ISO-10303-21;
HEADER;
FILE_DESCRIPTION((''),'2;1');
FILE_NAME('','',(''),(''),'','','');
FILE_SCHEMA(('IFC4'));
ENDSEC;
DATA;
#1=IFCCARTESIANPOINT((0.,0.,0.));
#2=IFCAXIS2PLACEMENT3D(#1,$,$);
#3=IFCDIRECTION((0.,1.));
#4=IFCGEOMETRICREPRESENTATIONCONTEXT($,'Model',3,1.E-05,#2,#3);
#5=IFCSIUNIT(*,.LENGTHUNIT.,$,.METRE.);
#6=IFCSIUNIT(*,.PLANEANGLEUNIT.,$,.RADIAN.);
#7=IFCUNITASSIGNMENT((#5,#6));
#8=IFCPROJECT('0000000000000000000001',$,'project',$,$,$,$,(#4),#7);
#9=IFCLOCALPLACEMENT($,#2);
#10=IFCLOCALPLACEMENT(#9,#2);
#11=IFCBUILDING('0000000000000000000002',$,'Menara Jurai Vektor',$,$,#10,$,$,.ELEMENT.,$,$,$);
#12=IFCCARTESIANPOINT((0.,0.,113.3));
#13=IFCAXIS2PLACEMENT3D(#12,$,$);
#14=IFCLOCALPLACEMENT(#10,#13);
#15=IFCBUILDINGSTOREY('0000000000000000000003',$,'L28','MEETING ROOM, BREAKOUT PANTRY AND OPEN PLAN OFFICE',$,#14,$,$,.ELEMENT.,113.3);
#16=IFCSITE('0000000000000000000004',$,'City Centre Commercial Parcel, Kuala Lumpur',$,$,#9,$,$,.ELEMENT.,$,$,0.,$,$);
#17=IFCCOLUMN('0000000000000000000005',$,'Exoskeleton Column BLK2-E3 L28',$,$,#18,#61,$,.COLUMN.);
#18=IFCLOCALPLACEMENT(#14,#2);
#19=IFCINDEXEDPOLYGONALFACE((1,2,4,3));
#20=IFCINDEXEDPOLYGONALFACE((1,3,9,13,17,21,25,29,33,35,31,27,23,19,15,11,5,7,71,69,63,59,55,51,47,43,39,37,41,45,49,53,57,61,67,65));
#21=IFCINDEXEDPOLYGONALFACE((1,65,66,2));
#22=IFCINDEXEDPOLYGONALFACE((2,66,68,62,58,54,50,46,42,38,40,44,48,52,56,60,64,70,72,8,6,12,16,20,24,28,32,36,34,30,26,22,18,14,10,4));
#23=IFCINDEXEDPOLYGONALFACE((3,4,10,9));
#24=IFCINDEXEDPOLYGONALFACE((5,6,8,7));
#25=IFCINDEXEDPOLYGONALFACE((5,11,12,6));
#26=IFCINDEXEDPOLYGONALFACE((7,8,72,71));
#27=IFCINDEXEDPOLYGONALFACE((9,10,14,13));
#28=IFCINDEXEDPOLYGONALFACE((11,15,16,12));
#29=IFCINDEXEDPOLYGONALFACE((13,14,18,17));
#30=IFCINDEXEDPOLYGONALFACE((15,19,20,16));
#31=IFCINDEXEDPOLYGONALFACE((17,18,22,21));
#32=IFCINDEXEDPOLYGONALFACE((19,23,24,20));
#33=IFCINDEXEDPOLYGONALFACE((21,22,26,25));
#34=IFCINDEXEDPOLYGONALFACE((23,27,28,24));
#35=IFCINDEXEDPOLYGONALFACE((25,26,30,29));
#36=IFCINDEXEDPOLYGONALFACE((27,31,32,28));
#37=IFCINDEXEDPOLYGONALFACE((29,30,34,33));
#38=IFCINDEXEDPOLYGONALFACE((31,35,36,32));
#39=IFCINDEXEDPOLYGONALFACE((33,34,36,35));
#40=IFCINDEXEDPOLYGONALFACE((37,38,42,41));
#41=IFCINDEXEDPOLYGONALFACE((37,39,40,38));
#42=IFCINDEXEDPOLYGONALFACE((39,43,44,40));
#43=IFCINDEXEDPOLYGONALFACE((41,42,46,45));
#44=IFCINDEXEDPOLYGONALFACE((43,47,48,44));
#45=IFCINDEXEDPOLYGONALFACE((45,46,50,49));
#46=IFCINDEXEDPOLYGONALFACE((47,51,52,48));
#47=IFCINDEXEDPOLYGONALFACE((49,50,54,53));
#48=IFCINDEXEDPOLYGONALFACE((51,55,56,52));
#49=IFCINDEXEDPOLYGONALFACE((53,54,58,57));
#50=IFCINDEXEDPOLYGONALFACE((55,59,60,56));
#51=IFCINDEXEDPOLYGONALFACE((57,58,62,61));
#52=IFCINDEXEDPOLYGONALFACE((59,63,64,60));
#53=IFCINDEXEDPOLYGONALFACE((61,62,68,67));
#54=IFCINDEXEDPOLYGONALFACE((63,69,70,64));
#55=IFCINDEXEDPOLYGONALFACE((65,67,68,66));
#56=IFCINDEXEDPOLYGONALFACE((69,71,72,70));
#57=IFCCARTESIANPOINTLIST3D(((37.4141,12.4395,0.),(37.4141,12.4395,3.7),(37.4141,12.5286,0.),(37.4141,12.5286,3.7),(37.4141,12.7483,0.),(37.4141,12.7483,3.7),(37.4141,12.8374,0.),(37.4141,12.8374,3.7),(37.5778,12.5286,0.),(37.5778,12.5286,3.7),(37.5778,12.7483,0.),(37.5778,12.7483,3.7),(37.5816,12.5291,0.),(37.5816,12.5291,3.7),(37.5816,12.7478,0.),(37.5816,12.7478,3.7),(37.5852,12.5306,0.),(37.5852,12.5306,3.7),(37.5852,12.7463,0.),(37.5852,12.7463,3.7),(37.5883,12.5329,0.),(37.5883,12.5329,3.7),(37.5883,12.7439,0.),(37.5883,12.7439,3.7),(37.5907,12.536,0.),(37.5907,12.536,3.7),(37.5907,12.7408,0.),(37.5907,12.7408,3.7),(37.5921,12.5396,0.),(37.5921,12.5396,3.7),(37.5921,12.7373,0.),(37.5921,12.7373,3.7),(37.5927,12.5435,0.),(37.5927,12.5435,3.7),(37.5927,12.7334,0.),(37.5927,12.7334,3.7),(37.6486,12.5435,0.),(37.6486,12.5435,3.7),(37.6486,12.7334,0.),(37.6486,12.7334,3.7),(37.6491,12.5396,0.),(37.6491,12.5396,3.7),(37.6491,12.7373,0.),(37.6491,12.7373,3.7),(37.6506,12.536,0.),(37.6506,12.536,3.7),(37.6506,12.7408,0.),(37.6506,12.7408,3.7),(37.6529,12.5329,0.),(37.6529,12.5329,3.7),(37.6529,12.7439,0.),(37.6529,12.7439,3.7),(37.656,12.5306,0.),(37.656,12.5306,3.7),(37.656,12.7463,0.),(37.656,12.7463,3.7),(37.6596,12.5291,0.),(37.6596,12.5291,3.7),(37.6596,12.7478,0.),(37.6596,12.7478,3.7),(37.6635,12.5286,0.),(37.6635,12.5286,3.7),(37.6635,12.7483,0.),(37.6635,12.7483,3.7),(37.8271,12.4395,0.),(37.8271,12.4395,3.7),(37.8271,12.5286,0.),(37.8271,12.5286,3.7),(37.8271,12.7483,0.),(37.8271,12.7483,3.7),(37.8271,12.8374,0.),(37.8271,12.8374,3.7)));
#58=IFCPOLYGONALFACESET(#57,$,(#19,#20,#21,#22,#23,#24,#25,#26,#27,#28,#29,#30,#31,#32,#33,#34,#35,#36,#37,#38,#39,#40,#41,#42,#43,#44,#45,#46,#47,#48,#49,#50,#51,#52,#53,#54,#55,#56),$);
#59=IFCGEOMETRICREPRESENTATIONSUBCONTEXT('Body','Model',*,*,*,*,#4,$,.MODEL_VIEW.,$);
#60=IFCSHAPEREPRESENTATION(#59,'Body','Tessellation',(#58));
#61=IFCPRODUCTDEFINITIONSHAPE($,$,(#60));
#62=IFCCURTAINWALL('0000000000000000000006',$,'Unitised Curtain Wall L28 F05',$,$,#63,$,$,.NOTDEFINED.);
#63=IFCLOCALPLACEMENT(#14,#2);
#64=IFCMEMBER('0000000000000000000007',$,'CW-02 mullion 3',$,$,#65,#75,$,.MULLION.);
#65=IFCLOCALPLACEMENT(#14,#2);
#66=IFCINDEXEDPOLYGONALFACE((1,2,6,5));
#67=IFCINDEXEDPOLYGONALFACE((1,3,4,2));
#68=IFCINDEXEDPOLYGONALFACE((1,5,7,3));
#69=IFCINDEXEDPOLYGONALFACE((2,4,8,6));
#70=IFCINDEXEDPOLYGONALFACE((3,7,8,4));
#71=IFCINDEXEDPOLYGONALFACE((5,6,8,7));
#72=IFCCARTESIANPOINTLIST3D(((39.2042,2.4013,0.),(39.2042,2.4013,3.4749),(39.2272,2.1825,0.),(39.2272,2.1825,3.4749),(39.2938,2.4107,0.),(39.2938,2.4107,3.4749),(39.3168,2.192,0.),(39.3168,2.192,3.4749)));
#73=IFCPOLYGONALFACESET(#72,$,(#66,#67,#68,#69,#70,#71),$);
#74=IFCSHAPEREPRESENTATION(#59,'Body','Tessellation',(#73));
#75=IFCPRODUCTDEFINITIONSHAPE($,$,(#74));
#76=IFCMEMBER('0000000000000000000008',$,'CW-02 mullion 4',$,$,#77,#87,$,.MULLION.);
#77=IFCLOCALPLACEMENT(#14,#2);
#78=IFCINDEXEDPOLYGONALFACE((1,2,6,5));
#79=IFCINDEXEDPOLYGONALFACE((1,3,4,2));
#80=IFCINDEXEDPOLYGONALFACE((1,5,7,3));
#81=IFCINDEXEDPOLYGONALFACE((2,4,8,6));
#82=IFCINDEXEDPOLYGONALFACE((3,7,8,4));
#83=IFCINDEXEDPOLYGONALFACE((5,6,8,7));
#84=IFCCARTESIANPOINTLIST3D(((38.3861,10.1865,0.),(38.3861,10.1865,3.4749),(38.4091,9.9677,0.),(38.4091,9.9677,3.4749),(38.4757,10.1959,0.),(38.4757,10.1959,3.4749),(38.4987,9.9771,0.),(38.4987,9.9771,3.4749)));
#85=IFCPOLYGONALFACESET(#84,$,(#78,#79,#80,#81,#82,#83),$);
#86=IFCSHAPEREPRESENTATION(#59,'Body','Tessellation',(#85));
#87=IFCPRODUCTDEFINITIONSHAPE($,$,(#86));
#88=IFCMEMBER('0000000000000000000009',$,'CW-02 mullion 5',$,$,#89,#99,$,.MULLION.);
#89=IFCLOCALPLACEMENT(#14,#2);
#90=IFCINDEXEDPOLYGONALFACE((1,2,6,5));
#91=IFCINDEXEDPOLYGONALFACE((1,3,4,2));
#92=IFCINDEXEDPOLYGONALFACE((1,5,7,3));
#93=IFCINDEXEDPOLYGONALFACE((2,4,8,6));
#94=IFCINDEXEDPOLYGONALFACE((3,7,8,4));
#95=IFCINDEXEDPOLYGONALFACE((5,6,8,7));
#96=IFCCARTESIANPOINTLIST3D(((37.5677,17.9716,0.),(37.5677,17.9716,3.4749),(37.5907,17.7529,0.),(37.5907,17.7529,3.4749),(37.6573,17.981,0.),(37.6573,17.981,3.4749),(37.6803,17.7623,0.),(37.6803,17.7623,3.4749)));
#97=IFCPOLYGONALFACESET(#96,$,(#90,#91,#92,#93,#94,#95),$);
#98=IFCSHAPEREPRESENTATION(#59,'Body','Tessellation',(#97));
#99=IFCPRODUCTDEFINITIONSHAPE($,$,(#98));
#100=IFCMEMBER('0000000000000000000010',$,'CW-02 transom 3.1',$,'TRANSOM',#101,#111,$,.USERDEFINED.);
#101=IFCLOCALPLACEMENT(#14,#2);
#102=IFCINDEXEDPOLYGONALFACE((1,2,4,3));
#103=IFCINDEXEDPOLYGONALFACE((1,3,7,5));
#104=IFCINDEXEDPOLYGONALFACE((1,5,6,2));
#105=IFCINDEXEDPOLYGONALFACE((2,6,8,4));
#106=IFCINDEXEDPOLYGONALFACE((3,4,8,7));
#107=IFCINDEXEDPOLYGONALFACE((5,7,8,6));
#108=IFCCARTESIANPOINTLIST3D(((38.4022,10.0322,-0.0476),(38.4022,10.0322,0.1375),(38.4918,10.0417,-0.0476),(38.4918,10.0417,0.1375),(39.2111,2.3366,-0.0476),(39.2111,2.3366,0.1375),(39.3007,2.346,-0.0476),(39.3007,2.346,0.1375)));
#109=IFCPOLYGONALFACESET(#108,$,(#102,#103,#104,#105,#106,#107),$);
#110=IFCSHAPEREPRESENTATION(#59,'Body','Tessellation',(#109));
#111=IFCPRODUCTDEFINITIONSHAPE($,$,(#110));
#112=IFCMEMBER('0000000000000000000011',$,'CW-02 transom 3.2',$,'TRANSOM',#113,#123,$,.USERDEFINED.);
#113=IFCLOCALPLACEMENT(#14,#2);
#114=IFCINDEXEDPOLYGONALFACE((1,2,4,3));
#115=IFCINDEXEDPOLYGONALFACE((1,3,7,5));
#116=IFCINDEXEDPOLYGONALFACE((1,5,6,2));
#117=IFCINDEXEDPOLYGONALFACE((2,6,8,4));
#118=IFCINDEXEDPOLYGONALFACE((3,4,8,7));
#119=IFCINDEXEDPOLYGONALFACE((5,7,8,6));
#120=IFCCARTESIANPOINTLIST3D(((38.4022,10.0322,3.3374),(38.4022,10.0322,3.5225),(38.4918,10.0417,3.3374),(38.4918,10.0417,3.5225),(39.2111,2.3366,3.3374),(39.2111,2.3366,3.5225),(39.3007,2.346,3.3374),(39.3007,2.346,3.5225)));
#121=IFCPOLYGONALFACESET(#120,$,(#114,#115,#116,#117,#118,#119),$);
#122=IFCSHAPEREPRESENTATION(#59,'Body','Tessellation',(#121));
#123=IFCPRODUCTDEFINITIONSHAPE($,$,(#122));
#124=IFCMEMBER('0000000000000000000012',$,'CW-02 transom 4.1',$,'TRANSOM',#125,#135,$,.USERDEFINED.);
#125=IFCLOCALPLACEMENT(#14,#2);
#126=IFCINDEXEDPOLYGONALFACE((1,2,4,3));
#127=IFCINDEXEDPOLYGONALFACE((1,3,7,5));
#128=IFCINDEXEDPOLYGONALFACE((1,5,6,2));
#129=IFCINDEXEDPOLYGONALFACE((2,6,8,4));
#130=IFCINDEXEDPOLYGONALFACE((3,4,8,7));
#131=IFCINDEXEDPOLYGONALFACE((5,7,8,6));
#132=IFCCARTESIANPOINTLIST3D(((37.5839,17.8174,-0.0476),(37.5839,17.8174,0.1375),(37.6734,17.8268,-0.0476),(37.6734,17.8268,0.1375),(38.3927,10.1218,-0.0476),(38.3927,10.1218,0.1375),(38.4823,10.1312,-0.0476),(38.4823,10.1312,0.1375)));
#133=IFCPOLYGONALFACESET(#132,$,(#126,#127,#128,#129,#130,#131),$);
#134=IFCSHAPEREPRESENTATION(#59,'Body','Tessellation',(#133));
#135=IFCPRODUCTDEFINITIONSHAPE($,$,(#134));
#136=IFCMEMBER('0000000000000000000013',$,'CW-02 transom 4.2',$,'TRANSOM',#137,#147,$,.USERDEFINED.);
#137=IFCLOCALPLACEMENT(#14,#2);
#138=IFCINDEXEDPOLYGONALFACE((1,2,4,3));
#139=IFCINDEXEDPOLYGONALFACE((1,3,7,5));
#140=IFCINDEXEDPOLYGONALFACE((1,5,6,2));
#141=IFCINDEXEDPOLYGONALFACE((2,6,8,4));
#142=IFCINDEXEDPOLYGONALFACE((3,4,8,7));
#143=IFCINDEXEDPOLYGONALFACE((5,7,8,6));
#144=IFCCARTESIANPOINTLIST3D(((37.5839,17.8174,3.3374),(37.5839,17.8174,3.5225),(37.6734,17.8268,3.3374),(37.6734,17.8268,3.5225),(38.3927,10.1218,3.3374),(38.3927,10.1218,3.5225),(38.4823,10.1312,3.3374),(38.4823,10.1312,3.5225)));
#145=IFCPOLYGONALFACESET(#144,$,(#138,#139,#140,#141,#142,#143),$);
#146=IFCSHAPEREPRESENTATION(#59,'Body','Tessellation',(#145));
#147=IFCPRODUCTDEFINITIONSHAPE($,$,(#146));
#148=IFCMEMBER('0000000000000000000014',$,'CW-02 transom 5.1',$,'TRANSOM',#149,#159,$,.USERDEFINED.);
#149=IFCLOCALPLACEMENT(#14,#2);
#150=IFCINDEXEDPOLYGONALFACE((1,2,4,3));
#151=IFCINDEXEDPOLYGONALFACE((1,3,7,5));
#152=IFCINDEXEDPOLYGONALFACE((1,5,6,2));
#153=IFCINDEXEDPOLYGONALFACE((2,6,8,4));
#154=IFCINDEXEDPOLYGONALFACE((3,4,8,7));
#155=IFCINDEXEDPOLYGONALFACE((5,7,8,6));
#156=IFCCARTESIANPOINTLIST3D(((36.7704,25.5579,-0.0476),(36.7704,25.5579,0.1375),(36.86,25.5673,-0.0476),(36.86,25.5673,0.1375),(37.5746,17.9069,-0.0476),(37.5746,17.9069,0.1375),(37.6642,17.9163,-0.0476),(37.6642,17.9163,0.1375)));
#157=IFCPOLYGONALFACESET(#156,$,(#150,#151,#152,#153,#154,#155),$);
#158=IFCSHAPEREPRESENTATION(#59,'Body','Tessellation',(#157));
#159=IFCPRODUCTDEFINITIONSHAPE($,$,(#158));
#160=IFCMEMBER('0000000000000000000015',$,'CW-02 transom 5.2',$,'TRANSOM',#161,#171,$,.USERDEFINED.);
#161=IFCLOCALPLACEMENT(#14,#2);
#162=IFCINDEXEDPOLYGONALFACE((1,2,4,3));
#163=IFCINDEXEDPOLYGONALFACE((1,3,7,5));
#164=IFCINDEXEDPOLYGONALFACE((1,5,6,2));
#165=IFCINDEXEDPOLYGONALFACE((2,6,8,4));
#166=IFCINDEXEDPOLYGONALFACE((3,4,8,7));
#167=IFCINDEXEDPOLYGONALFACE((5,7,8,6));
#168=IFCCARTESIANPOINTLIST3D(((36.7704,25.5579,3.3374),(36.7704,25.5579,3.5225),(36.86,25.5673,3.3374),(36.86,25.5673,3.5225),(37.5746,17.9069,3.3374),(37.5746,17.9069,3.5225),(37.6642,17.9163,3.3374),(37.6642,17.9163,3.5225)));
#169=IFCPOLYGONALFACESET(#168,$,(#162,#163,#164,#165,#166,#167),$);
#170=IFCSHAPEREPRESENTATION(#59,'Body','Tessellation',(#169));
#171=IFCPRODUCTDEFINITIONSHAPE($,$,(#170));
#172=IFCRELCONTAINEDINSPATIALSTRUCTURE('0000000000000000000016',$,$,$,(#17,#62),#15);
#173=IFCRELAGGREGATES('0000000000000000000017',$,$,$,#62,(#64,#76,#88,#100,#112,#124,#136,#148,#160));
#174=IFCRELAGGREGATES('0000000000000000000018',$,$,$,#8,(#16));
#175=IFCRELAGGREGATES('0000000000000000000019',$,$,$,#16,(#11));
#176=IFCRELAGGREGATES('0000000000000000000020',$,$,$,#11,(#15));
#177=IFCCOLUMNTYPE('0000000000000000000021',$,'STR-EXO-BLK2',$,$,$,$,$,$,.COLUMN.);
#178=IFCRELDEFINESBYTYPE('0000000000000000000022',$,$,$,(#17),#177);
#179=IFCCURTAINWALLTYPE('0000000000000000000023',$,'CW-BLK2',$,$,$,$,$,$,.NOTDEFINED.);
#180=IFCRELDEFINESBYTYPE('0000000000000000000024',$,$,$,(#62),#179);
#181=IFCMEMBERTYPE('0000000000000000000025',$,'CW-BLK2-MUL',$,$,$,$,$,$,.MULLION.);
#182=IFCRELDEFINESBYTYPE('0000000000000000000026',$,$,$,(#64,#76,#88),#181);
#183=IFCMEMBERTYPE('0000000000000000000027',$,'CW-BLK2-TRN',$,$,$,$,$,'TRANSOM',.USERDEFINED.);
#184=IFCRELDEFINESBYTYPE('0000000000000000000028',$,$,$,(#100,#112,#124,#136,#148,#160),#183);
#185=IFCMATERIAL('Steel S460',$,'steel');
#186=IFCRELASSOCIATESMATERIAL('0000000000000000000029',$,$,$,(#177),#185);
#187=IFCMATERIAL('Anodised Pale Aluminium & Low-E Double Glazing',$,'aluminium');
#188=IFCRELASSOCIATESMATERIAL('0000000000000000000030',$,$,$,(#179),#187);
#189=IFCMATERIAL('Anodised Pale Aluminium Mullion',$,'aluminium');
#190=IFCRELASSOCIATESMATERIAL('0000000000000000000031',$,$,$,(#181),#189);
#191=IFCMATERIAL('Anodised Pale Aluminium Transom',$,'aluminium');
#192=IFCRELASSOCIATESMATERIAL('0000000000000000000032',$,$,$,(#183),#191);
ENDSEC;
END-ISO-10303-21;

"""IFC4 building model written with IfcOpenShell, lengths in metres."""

from ifc_helpers import new_model, si_unit, direction, frame, origin, origin_2d, place, context, subcontext, project, spatial, rectangle, i_section, extrude, material, material_profile, profile_set, type_object, element, aggregate, save


model = new_model("IFC4")

# Units and contexts
model_context = context("Model", 3, precision=1e-05, world=origin(), true_north=direction((0.0, 1.0)))
body_context = subcontext(model_context, "Body", "Model", "MODEL_VIEW")
ifc_project = project(units=[si_unit("LENGTHUNIT", "METRE"), si_unit("PLANEANGLEUNIT", "RADIAN")], contexts=[model_context])

# Site, building, storey
site_placement = place(None, origin())
site = spatial("IfcSite", under=ifc_project, at=site_placement, Name="City Centre Commercial Parcel, Kuala Lumpur", CompositionType="ELEMENT", RefElevation=0.0)
building_placement = place(site_placement, origin())
building = spatial("IfcBuilding", under=site, at=building_placement, Name="Menara Jurai Vektor", CompositionType="ELEMENT")
storey_placement = place(building_placement, frame((0.0, 0.0, 113.3)))
storey = spatial("IfcBuildingStorey", under=building, at=storey_placement, Name="L28", Description="MEETING ROOM, BREAKOUT PANTRY AND OPEN PLAN OFFICE", CompositionType="ELEMENT", Elevation=113.3)

# Column
ifc_material_1 = material(Name="Steel S460", Category="steel")
ifc_material_profile_1 = material_profile(ifc_material_1, i_section(OverallWidth=0.4131, OverallDepth=0.3979, WebThickness=0.0559, FlangeThickness=0.0891, FilletRadius=0.0149, at=origin_2d()), Name="HD 400x744")
ifc_profile_set_1 = profile_set([ifc_material_profile_1], Name="Steel S460")
column_type = type_object("IfcColumnType", Name="STR-EXO-BLK2", PredefinedType="COLUMN", material=ifc_profile_set_1)
column_placement = place(storey_placement, frame((37.6206, 12.6384, 0.0), z_axis=(0.0, 0.0, 1.0), x_axis=(1.0, 0.0, 0.0)))
element("IfcColumn", 1, at=column_placement, inside=storey, type_object=column_type, Name="Exoskeleton Column BLK2-E3 L28", PredefinedType="COLUMN", context=body_context, shape_type="SweptSolid", body=[
    extrude(i_section(OverallWidth=0.4131, OverallDepth=0.3979, WebThickness=0.0559, FlangeThickness=0.0891, FilletRadius=0.0149, at=origin_2d()), origin(), (0.0, 0.0, 1.0), 3.7),
])

# Curtain wall, members
ifc_material_2 = material(Name="Anodised Pale Aluminium & Low-E Double Glazing", Category="aluminium")
curtain_wall_type = type_object("IfcCurtainWallType", Name="CW-BLK2", PredefinedType="NOTDEFINED", material=ifc_material_2)
curtain_wall_placement = place(storey_placement, origin())
curtain_wall = element("IfcCurtainWall", 2, at=curtain_wall_placement, inside=storey, type_object=curtain_wall_type, Name="Unitised Curtain Wall L28 F05", PredefinedType="NOTDEFINED")
ifc_material_3 = material(Name="Anodised Pale Aluminium Mullion", Category="aluminium")
ifc_material_profile_2 = material_profile(ifc_material_3, rectangle(XDim=0.0901, YDim=0.22, at=origin_2d()), Name="ALU MUL 90x220")
ifc_profile_set_2 = profile_set([ifc_material_profile_2], Name="Anodised Pale Aluminium Mullion")
member_type_1 = type_object("IfcMemberType", Name="CW-BLK2-MUL", PredefinedType="MULLION", material=ifc_profile_set_2)
member_1_placement = place(storey_placement, frame((39.2605, 2.2966, 0.0), z_axis=(0.0, 0.0, 1.0), x_axis=(-0.994522, -0.10453, 0.0)))
member_1 = element("IfcMember", 3, at=member_1_placement, type_object=member_type_1, Name="CW-02 mullion 3", PredefinedType="MULLION", context=body_context, shape_type="SweptSolid", body=[
    extrude(rectangle(XDim=0.0901, YDim=0.22, at=origin_2d()), origin(), (0.0, 0.0, 1.0), 3.4749),
])
member_2_placement = place(storey_placement, frame((38.4424, 10.0818, 0.0), z_axis=(0.0, 0.0, 1.0), x_axis=(-0.994522, -0.10453, 0.0)))
member_2 = element("IfcMember", 4, at=member_2_placement, type_object=member_type_1, Name="CW-02 mullion 4", PredefinedType="MULLION", context=body_context, shape_type="SweptSolid", body=[
    extrude(rectangle(XDim=0.0901, YDim=0.22, at=origin_2d()), origin(), (0.0, 0.0, 1.0), 3.4749),
])
member_3_placement = place(storey_placement, frame((37.624, 17.8669, 0.0), z_axis=(0.0, 0.0, 1.0), x_axis=(-0.994522, -0.10453, 0.0)))
member_3 = element("IfcMember", 5, at=member_3_placement, type_object=member_type_1, Name="CW-02 mullion 5", PredefinedType="MULLION", context=body_context, shape_type="SweptSolid", body=[
    extrude(rectangle(XDim=0.0901, YDim=0.22, at=origin_2d()), origin(), (0.0, 0.0, 1.0), 3.4749),
])
ifc_material_4 = material(Name="Anodised Pale Aluminium Transom", Category="aluminium")
ifc_material_profile_3 = material_profile(ifc_material_4, rectangle(XDim=0.0901, YDim=0.1851, at=origin_2d()), Name="ALU TRN 90x185")
ifc_profile_set_3 = profile_set([ifc_material_profile_3], Name="Anodised Pale Aluminium Transom")
member_type_2 = type_object("IfcMemberType", Name="CW-BLK2-TRN", ElementType="TRANSOM", PredefinedType="USERDEFINED", material=ifc_profile_set_3)
member_4_placement = place(storey_placement, frame((39.2559, 2.3413, 0.0449), z_axis=(-0.104529, 0.994522, 0.0), x_axis=(-0.994522, -0.104529, 0.0)))
member_4 = element("IfcMember", 6, at=member_4_placement, type_object=member_type_2, Name="CW-02 transom 3.1", ObjectType="TRANSOM", PredefinedType="USERDEFINED", context=body_context, shape_type="SweptSolid", body=[
    extrude(rectangle(XDim=0.0901, YDim=0.1851, at=origin_2d()), origin(), (0.0, 0.0, 1.0), 7.738),
])
member_5_placement = place(storey_placement, frame((39.2559, 2.3413, 3.4299), z_axis=(-0.104529, 0.994522, 0.0), x_axis=(-0.994522, -0.104529, 0.0)))
member_5 = element("IfcMember", 7, at=member_5_placement, type_object=member_type_2, Name="CW-02 transom 3.2", ObjectType="TRANSOM", PredefinedType="USERDEFINED", context=body_context, shape_type="SweptSolid", body=[
    extrude(rectangle(XDim=0.0901, YDim=0.1851, at=origin_2d()), origin(), (0.0, 0.0, 1.0), 7.738),
])
member_6_placement = place(storey_placement, frame((38.4375, 10.1265, 0.0449), z_axis=(-0.104529, 0.994522, 0.0), x_axis=(-0.994522, -0.104529, 0.0)))
member_6 = element("IfcMember", 8, at=member_6_placement, type_object=member_type_2, Name="CW-02 transom 4.1", ObjectType="TRANSOM", PredefinedType="USERDEFINED", context=body_context, shape_type="SweptSolid", body=[
    extrude(rectangle(XDim=0.0901, YDim=0.1851, at=origin_2d()), origin(), (0.0, 0.0, 1.0), 7.738),
])
member_7_placement = place(storey_placement, frame((38.4375, 10.1265, 3.4299), z_axis=(-0.104529, 0.994522, 0.0), x_axis=(-0.994522, -0.104529, 0.0)))
member_7 = element("IfcMember", 9, at=member_7_placement, type_object=member_type_2, Name="CW-02 transom 4.2", ObjectType="TRANSOM", PredefinedType="USERDEFINED", context=body_context, shape_type="SweptSolid", body=[
    extrude(rectangle(XDim=0.0901, YDim=0.1851, at=origin_2d()), origin(), (0.0, 0.0, 1.0), 7.738),
])
member_8_placement = place(storey_placement, frame((37.6194, 17.9116, 0.0449), z_axis=(-0.104536, 0.994521, 0.0), x_axis=(-0.994521, -0.104536, 0.0)))
member_8 = element("IfcMember", 10, at=member_8_placement, type_object=member_type_2, Name="CW-02 transom 5.1", ObjectType="TRANSOM", PredefinedType="USERDEFINED", context=body_context, shape_type="SweptSolid", body=[
    extrude(rectangle(XDim=0.0901, YDim=0.1851, at=origin_2d()), origin(), (0.0, 0.0, 1.0), 7.6931),
])
member_9_placement = place(storey_placement, frame((37.6194, 17.9116, 3.4299), z_axis=(-0.104536, 0.994521, 0.0), x_axis=(-0.994521, -0.104536, 0.0)))
member_9 = element("IfcMember", 11, at=member_9_placement, type_object=member_type_2, Name="CW-02 transom 5.2", ObjectType="TRANSOM", PredefinedType="USERDEFINED", context=body_context, shape_type="SweptSolid", body=[
    extrude(rectangle(XDim=0.0901, YDim=0.1851, at=origin_2d()), origin(), (0.0, 0.0, 1.0), 7.6931),
])

aggregate(curtain_wall, [member_1, member_2, member_3, member_4, member_5, member_6, member_7, member_8, member_9])

save(model, "model.ifc")
